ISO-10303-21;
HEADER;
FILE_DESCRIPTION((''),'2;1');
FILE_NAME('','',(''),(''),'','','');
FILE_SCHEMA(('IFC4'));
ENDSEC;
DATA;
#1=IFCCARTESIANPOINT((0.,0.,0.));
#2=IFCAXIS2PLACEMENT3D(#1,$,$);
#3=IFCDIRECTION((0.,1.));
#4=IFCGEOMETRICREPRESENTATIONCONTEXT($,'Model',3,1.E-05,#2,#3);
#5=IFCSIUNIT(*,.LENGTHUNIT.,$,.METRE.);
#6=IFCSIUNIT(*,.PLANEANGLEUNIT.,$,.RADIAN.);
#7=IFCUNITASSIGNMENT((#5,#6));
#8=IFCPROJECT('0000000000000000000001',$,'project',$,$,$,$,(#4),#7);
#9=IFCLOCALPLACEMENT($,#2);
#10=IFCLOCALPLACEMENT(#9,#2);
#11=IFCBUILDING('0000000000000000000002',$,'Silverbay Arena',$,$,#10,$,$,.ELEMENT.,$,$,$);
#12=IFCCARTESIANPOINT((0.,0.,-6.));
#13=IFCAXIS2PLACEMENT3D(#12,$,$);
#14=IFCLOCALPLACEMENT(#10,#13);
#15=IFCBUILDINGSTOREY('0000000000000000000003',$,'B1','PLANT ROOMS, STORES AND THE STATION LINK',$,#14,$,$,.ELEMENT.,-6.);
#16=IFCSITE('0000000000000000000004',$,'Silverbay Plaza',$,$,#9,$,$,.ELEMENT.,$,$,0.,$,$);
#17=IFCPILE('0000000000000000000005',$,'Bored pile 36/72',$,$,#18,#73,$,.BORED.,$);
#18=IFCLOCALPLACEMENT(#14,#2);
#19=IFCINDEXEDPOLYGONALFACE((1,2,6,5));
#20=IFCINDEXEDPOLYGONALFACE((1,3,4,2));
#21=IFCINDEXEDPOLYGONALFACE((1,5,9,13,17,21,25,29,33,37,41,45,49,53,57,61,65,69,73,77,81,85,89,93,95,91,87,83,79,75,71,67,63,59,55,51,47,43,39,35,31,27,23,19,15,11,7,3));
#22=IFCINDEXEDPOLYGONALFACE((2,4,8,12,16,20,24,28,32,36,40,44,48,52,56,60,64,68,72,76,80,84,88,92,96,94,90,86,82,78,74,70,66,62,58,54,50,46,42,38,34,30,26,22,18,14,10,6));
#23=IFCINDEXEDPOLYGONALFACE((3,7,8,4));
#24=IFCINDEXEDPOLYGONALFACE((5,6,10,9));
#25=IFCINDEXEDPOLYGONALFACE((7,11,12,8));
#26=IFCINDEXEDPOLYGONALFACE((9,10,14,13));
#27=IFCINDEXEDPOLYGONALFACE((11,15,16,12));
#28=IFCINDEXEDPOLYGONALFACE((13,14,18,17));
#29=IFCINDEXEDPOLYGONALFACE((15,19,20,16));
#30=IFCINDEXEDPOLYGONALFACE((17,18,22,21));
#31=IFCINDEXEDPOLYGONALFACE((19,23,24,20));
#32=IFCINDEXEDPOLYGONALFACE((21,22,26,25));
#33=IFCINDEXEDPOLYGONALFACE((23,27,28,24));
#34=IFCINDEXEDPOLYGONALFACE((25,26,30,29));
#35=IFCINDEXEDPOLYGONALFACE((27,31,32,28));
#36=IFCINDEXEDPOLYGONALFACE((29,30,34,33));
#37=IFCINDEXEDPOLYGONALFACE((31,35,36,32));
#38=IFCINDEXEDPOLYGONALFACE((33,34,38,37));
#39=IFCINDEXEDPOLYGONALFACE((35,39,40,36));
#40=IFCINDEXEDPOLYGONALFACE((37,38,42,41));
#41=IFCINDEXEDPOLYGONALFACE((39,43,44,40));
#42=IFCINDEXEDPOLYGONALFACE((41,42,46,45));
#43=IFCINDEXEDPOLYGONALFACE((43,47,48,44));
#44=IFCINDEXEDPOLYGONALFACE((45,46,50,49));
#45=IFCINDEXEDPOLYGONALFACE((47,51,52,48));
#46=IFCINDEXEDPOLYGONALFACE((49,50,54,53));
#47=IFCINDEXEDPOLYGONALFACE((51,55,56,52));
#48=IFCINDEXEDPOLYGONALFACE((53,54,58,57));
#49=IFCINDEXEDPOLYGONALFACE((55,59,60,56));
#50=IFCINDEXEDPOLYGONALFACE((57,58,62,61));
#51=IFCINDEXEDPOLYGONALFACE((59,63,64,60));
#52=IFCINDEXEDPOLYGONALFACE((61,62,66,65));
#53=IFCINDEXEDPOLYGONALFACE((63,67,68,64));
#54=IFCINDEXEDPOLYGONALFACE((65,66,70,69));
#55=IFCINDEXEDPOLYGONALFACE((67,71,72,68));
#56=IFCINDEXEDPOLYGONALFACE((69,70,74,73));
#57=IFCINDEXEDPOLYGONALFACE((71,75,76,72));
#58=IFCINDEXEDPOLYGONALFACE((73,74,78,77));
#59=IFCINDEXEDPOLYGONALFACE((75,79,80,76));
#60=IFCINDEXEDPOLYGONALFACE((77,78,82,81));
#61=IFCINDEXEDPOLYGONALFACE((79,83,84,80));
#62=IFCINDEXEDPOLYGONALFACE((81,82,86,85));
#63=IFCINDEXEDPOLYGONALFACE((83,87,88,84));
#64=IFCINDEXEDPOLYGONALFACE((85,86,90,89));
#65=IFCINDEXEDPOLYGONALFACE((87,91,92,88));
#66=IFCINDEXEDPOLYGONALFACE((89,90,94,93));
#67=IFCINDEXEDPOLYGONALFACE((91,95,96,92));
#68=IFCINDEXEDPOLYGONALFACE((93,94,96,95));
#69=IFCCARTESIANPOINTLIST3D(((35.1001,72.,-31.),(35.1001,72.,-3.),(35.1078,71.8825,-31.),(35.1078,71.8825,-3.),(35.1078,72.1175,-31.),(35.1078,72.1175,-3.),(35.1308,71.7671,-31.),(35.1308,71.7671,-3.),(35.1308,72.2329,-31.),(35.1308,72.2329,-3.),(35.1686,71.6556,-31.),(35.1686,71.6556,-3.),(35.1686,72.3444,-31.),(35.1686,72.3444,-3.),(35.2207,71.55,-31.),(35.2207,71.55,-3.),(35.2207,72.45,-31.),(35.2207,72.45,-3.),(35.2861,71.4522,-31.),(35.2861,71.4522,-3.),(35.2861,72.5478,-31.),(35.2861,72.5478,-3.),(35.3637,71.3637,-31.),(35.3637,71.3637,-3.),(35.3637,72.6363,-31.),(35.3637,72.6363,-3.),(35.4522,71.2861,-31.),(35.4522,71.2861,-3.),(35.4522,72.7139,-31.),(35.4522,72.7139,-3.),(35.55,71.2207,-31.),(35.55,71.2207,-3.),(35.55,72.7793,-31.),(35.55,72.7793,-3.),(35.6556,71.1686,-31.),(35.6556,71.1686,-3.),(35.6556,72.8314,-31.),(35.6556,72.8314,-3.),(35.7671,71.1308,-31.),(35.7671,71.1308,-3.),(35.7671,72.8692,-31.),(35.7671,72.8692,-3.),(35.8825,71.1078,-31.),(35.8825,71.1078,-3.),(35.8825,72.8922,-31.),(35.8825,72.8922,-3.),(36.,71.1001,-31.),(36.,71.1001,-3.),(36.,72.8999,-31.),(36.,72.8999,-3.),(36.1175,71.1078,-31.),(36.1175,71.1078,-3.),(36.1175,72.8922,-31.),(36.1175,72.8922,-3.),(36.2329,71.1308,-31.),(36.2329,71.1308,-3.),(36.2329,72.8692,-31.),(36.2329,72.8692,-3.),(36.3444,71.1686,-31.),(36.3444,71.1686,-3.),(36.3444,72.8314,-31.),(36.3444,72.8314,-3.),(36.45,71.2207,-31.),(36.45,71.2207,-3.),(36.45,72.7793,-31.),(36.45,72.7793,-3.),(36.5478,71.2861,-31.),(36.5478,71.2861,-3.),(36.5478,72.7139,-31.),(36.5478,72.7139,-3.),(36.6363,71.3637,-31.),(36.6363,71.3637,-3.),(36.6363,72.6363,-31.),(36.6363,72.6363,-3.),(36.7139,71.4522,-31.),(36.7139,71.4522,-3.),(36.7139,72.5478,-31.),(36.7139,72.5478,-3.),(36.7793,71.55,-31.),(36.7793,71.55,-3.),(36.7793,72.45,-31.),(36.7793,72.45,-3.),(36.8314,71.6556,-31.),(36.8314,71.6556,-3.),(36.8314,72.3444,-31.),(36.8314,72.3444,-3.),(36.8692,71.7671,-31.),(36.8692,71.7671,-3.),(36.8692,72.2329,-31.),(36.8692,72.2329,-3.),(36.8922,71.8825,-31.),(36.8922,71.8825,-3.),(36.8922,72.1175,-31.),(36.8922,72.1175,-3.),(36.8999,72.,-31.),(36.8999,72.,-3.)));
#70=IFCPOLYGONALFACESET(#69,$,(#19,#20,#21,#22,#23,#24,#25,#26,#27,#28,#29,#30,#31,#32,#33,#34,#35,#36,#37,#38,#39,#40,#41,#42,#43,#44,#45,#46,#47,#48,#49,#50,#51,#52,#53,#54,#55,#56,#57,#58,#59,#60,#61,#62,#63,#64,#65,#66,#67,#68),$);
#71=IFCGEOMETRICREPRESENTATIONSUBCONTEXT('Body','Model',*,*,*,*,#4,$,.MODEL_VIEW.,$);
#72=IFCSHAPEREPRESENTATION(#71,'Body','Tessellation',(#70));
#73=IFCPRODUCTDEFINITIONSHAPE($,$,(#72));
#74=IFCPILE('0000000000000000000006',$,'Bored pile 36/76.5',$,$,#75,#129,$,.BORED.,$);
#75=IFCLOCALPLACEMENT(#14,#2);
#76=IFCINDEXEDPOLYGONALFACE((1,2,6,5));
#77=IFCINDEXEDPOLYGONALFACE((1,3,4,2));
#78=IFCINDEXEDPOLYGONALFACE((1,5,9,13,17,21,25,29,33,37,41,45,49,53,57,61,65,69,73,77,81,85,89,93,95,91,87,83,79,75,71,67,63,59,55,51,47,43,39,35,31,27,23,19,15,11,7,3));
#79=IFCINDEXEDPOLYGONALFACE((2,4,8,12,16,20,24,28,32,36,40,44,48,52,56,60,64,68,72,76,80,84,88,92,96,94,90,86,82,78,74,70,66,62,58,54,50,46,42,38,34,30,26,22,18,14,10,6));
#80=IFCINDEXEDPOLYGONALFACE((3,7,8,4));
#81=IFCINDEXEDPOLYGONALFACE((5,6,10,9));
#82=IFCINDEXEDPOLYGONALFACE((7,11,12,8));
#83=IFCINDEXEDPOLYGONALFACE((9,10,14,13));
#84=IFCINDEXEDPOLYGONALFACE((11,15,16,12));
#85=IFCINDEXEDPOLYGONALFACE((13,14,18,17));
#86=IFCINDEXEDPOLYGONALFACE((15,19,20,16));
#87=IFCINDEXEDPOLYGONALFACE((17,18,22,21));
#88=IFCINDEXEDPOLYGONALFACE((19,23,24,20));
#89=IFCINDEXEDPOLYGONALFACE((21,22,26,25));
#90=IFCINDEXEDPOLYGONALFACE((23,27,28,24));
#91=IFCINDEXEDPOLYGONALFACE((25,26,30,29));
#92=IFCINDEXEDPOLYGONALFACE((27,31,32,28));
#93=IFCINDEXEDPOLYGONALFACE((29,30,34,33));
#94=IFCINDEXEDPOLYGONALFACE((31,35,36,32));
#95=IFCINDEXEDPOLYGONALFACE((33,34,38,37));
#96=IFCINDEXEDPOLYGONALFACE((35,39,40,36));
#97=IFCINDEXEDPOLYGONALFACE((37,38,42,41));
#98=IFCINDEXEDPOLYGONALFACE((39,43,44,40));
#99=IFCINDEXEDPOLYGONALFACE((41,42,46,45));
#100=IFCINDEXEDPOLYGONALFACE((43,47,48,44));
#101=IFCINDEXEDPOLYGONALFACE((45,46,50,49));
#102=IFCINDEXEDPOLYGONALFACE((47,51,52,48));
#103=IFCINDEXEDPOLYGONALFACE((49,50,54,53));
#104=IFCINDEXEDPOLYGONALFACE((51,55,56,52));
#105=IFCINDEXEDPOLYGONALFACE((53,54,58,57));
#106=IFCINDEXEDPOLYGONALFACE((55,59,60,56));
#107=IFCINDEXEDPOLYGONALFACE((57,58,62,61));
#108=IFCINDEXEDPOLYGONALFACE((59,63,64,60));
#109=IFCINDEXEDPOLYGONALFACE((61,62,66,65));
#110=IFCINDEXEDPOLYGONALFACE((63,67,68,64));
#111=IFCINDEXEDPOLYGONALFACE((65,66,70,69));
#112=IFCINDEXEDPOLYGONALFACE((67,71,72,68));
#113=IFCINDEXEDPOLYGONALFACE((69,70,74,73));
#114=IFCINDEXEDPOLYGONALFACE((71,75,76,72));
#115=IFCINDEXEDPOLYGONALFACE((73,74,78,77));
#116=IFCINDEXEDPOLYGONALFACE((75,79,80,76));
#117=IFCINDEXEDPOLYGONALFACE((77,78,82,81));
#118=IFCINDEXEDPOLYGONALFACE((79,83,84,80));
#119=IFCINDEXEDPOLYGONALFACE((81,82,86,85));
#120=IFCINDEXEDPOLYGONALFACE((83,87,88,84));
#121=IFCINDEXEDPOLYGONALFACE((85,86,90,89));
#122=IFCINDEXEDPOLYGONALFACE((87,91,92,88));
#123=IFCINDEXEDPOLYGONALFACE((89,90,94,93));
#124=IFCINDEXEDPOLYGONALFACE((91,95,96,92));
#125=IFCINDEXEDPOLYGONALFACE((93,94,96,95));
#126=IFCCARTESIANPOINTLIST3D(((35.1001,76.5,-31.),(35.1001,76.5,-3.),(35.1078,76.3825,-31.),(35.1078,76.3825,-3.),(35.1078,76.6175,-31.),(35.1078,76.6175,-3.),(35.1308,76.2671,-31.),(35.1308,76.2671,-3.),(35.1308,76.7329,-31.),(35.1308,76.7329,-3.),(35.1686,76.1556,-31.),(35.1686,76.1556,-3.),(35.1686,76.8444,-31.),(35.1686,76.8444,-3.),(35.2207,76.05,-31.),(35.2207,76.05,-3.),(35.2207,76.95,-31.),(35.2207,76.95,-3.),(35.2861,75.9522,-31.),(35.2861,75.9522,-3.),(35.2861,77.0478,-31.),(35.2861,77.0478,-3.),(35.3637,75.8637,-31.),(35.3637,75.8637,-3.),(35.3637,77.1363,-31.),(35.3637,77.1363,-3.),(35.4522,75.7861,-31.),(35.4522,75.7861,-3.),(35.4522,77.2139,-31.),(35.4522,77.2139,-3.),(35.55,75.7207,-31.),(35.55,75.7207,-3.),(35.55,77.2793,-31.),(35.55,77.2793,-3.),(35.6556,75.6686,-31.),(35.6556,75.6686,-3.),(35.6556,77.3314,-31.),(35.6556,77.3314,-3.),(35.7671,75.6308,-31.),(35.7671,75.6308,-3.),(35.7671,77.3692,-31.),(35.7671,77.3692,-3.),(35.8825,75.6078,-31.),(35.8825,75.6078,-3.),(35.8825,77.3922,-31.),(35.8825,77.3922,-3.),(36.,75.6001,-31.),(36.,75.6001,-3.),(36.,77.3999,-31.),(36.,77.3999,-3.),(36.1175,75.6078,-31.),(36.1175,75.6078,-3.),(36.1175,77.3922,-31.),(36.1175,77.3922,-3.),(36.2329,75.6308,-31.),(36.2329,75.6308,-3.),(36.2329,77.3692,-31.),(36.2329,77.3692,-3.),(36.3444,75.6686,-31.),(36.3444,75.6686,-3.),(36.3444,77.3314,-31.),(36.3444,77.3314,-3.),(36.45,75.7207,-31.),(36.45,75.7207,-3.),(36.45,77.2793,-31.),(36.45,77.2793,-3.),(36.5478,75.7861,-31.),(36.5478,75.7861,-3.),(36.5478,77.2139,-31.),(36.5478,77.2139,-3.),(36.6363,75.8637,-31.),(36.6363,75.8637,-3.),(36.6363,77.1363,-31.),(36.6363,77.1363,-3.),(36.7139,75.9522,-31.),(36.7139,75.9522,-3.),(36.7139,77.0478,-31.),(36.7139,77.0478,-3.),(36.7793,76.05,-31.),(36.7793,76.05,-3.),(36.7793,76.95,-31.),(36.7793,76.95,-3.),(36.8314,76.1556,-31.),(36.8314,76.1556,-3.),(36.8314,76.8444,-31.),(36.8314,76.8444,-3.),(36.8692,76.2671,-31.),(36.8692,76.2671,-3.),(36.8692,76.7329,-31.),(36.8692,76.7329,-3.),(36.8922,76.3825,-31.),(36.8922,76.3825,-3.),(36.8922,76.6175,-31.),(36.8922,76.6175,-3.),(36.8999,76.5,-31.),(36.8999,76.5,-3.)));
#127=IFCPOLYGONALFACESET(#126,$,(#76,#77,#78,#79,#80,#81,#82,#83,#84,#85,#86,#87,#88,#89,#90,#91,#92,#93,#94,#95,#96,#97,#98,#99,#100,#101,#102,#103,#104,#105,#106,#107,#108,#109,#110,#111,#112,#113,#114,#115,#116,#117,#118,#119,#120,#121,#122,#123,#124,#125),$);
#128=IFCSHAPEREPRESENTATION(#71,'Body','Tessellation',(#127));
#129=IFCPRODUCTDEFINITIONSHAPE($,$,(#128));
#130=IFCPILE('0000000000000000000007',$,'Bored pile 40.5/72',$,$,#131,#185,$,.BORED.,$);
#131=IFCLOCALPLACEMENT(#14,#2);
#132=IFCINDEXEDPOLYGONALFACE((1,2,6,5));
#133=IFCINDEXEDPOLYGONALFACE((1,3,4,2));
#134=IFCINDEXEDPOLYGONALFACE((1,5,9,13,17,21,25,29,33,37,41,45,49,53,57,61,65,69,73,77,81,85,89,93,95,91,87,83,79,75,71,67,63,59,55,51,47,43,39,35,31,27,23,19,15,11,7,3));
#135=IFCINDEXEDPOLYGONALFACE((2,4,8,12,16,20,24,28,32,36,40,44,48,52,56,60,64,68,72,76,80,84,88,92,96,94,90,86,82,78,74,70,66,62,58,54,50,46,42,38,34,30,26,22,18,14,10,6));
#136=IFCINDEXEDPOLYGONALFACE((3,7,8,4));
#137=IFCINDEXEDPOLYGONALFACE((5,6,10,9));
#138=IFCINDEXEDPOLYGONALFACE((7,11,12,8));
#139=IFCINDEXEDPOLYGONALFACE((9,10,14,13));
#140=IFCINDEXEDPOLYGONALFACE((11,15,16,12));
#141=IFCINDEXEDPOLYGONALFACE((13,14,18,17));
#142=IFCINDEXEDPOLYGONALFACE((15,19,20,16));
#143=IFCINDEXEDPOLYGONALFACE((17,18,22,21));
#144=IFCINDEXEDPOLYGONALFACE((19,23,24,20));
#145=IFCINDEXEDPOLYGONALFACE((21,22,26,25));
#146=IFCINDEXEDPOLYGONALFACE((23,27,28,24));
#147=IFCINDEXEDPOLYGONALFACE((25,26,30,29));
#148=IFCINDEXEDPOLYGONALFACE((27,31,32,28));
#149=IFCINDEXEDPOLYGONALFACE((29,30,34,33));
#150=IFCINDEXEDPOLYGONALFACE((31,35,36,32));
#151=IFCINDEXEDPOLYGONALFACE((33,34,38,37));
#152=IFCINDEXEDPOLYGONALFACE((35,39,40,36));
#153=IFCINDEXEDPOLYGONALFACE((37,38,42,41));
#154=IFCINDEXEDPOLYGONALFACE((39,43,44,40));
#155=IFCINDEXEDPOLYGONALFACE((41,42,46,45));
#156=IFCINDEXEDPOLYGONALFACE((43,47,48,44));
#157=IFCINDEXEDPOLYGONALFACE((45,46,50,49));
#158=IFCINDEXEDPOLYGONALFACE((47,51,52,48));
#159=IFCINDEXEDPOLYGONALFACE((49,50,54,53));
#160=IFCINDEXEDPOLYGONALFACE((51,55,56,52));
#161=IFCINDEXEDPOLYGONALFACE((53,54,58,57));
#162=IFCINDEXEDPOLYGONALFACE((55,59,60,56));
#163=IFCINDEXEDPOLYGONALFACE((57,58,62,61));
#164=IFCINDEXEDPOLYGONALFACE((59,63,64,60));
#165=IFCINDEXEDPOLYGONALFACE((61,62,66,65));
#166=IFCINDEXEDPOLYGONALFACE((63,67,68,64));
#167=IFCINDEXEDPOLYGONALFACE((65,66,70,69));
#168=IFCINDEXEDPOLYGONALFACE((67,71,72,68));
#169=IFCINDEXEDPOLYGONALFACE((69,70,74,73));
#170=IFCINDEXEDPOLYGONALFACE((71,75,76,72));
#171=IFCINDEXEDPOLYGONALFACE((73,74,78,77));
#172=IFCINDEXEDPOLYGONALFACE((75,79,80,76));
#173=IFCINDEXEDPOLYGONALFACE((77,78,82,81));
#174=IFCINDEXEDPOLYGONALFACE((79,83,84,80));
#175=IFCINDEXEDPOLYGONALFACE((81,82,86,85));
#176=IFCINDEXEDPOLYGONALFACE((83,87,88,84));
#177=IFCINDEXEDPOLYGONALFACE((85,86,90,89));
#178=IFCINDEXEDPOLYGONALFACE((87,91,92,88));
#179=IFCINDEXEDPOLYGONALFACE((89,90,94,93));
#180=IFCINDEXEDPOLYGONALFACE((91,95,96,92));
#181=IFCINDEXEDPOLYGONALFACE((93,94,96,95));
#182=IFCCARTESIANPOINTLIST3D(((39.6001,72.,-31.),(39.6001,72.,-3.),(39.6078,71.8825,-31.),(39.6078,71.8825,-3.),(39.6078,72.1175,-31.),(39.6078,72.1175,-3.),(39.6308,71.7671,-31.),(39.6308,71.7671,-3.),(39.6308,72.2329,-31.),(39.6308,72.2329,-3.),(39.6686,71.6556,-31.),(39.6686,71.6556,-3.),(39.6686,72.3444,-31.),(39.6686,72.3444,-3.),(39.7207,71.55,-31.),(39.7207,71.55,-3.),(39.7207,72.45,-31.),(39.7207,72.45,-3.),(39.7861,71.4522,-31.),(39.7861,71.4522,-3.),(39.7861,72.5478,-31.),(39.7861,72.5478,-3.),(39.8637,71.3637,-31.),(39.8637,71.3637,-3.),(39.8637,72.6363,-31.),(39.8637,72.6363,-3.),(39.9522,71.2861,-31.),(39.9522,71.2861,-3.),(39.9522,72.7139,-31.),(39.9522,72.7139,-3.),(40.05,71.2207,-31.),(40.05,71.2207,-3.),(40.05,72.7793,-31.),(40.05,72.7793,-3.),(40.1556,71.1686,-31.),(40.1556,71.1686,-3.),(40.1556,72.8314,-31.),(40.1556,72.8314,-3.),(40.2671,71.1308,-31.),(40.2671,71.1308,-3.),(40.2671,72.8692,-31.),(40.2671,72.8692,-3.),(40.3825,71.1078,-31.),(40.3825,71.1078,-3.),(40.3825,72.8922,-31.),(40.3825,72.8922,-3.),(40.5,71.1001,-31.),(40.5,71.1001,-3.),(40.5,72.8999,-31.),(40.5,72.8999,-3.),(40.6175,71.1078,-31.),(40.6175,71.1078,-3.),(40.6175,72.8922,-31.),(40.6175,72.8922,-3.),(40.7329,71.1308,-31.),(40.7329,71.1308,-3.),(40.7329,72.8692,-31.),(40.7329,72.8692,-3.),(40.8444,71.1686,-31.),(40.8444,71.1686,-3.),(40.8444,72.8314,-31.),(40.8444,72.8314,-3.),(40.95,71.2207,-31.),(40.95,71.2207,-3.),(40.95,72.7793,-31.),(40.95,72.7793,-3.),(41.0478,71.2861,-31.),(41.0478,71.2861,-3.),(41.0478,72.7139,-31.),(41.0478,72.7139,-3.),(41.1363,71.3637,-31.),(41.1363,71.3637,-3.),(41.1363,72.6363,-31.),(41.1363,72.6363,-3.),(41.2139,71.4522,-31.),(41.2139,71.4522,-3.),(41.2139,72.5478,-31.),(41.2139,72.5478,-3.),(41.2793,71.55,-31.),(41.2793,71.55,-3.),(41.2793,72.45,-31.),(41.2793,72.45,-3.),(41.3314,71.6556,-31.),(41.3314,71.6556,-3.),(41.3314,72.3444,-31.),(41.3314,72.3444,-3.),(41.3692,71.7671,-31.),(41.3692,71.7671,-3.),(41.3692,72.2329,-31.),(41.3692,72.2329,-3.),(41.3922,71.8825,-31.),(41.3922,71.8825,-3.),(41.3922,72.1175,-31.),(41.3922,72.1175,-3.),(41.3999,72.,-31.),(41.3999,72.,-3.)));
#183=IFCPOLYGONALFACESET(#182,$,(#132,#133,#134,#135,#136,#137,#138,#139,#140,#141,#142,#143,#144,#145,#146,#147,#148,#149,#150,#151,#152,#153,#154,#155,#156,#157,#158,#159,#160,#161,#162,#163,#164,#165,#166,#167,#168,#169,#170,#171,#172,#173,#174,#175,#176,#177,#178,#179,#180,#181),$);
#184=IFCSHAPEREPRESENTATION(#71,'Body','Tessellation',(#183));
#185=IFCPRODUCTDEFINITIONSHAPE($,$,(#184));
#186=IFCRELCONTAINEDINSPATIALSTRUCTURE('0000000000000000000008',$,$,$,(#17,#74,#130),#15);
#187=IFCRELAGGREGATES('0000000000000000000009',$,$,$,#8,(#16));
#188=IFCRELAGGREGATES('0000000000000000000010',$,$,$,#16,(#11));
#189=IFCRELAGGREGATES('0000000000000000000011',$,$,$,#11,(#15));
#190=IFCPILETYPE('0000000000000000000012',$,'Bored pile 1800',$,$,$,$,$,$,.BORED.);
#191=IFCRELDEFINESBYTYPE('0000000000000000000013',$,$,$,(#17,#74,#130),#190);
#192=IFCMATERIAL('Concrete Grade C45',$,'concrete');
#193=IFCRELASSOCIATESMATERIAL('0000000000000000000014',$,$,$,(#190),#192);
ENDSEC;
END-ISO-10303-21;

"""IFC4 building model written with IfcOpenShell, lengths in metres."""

from ifc_helpers import new_model, si_unit, direction, frame, origin, origin_2d, place, context, subcontext, project, spatial, circle, extrude, material, material_profile, profile_set, type_object, element, save


model = new_model("IFC4")

# Units and contexts
model_context = context("Model", 3, precision=1e-05, world=origin(), true_north=direction((0.0, 1.0)))
body_context = subcontext(model_context, "Body", "Model", "MODEL_VIEW")
ifc_project = project(units=[si_unit("LENGTHUNIT", "METRE"), si_unit("PLANEANGLEUNIT", "RADIAN")], contexts=[model_context])

# Site, building, storey
site_placement = place(None, origin())
site = spatial("IfcSite", under=ifc_project, at=site_placement, Name="Silverbay Plaza", CompositionType="ELEMENT", RefElevation=0.0)
building_placement = place(site_placement, origin())
building = spatial("IfcBuilding", under=site, at=building_placement, Name="Silverbay Arena", CompositionType="ELEMENT")
storey_placement = place(building_placement, frame((0.0, 0.0, -6.0)))
storey = spatial("IfcBuildingStorey", under=building, at=storey_placement, Name="B1", Description="PLANT ROOMS, STORES AND THE STATION LINK", CompositionType="ELEMENT", Elevation=-6.0)

# Piles
ifc_material_1 = material(Name="Concrete Grade C45", Category="concrete")
ifc_material_profile_1 = material_profile(ifc_material_1, circle(Radius=0.8999, at=origin_2d()), Name="Bored pile 1800")
ifc_profile_set_1 = profile_set([ifc_material_profile_1], Name="Concrete Grade C45")
pile_type_1 = type_object("IfcPileType", Name="Bored pile 1800", PredefinedType="BORED", material=ifc_profile_set_1)
for number, where, z_axis, x_axis, name in (
    (1, (36.0, 72.0, -3.0), (0.0, 0.0, -1.0), (1.0, 0.0, 0.0), "Bored pile 36/72"),
    (2, (36.0, 76.5, -3.0), (0.0, 0.0, -1.0), (1.0, 0.0, 0.0), "Bored pile 36/76.5"),
    (3, (40.5, 72.0, -3.0), (0.0, 0.0, -1.0), (1.0, 0.0, 0.0), "Bored pile 40.5/72"),
):
    element("IfcPile", number, at=place(storey_placement, frame(where, z_axis=z_axis, x_axis=x_axis)), inside=storey, type_object=pile_type_1, Name=name, PredefinedType="BORED", context=body_context, shape_type="SweptSolid", body=[
        extrude(circle(Radius=0.8999, at=origin_2d()), origin(), (0.0, 0.0, 1.0), 28.0),
    ])

save(model, "model.ifc")
